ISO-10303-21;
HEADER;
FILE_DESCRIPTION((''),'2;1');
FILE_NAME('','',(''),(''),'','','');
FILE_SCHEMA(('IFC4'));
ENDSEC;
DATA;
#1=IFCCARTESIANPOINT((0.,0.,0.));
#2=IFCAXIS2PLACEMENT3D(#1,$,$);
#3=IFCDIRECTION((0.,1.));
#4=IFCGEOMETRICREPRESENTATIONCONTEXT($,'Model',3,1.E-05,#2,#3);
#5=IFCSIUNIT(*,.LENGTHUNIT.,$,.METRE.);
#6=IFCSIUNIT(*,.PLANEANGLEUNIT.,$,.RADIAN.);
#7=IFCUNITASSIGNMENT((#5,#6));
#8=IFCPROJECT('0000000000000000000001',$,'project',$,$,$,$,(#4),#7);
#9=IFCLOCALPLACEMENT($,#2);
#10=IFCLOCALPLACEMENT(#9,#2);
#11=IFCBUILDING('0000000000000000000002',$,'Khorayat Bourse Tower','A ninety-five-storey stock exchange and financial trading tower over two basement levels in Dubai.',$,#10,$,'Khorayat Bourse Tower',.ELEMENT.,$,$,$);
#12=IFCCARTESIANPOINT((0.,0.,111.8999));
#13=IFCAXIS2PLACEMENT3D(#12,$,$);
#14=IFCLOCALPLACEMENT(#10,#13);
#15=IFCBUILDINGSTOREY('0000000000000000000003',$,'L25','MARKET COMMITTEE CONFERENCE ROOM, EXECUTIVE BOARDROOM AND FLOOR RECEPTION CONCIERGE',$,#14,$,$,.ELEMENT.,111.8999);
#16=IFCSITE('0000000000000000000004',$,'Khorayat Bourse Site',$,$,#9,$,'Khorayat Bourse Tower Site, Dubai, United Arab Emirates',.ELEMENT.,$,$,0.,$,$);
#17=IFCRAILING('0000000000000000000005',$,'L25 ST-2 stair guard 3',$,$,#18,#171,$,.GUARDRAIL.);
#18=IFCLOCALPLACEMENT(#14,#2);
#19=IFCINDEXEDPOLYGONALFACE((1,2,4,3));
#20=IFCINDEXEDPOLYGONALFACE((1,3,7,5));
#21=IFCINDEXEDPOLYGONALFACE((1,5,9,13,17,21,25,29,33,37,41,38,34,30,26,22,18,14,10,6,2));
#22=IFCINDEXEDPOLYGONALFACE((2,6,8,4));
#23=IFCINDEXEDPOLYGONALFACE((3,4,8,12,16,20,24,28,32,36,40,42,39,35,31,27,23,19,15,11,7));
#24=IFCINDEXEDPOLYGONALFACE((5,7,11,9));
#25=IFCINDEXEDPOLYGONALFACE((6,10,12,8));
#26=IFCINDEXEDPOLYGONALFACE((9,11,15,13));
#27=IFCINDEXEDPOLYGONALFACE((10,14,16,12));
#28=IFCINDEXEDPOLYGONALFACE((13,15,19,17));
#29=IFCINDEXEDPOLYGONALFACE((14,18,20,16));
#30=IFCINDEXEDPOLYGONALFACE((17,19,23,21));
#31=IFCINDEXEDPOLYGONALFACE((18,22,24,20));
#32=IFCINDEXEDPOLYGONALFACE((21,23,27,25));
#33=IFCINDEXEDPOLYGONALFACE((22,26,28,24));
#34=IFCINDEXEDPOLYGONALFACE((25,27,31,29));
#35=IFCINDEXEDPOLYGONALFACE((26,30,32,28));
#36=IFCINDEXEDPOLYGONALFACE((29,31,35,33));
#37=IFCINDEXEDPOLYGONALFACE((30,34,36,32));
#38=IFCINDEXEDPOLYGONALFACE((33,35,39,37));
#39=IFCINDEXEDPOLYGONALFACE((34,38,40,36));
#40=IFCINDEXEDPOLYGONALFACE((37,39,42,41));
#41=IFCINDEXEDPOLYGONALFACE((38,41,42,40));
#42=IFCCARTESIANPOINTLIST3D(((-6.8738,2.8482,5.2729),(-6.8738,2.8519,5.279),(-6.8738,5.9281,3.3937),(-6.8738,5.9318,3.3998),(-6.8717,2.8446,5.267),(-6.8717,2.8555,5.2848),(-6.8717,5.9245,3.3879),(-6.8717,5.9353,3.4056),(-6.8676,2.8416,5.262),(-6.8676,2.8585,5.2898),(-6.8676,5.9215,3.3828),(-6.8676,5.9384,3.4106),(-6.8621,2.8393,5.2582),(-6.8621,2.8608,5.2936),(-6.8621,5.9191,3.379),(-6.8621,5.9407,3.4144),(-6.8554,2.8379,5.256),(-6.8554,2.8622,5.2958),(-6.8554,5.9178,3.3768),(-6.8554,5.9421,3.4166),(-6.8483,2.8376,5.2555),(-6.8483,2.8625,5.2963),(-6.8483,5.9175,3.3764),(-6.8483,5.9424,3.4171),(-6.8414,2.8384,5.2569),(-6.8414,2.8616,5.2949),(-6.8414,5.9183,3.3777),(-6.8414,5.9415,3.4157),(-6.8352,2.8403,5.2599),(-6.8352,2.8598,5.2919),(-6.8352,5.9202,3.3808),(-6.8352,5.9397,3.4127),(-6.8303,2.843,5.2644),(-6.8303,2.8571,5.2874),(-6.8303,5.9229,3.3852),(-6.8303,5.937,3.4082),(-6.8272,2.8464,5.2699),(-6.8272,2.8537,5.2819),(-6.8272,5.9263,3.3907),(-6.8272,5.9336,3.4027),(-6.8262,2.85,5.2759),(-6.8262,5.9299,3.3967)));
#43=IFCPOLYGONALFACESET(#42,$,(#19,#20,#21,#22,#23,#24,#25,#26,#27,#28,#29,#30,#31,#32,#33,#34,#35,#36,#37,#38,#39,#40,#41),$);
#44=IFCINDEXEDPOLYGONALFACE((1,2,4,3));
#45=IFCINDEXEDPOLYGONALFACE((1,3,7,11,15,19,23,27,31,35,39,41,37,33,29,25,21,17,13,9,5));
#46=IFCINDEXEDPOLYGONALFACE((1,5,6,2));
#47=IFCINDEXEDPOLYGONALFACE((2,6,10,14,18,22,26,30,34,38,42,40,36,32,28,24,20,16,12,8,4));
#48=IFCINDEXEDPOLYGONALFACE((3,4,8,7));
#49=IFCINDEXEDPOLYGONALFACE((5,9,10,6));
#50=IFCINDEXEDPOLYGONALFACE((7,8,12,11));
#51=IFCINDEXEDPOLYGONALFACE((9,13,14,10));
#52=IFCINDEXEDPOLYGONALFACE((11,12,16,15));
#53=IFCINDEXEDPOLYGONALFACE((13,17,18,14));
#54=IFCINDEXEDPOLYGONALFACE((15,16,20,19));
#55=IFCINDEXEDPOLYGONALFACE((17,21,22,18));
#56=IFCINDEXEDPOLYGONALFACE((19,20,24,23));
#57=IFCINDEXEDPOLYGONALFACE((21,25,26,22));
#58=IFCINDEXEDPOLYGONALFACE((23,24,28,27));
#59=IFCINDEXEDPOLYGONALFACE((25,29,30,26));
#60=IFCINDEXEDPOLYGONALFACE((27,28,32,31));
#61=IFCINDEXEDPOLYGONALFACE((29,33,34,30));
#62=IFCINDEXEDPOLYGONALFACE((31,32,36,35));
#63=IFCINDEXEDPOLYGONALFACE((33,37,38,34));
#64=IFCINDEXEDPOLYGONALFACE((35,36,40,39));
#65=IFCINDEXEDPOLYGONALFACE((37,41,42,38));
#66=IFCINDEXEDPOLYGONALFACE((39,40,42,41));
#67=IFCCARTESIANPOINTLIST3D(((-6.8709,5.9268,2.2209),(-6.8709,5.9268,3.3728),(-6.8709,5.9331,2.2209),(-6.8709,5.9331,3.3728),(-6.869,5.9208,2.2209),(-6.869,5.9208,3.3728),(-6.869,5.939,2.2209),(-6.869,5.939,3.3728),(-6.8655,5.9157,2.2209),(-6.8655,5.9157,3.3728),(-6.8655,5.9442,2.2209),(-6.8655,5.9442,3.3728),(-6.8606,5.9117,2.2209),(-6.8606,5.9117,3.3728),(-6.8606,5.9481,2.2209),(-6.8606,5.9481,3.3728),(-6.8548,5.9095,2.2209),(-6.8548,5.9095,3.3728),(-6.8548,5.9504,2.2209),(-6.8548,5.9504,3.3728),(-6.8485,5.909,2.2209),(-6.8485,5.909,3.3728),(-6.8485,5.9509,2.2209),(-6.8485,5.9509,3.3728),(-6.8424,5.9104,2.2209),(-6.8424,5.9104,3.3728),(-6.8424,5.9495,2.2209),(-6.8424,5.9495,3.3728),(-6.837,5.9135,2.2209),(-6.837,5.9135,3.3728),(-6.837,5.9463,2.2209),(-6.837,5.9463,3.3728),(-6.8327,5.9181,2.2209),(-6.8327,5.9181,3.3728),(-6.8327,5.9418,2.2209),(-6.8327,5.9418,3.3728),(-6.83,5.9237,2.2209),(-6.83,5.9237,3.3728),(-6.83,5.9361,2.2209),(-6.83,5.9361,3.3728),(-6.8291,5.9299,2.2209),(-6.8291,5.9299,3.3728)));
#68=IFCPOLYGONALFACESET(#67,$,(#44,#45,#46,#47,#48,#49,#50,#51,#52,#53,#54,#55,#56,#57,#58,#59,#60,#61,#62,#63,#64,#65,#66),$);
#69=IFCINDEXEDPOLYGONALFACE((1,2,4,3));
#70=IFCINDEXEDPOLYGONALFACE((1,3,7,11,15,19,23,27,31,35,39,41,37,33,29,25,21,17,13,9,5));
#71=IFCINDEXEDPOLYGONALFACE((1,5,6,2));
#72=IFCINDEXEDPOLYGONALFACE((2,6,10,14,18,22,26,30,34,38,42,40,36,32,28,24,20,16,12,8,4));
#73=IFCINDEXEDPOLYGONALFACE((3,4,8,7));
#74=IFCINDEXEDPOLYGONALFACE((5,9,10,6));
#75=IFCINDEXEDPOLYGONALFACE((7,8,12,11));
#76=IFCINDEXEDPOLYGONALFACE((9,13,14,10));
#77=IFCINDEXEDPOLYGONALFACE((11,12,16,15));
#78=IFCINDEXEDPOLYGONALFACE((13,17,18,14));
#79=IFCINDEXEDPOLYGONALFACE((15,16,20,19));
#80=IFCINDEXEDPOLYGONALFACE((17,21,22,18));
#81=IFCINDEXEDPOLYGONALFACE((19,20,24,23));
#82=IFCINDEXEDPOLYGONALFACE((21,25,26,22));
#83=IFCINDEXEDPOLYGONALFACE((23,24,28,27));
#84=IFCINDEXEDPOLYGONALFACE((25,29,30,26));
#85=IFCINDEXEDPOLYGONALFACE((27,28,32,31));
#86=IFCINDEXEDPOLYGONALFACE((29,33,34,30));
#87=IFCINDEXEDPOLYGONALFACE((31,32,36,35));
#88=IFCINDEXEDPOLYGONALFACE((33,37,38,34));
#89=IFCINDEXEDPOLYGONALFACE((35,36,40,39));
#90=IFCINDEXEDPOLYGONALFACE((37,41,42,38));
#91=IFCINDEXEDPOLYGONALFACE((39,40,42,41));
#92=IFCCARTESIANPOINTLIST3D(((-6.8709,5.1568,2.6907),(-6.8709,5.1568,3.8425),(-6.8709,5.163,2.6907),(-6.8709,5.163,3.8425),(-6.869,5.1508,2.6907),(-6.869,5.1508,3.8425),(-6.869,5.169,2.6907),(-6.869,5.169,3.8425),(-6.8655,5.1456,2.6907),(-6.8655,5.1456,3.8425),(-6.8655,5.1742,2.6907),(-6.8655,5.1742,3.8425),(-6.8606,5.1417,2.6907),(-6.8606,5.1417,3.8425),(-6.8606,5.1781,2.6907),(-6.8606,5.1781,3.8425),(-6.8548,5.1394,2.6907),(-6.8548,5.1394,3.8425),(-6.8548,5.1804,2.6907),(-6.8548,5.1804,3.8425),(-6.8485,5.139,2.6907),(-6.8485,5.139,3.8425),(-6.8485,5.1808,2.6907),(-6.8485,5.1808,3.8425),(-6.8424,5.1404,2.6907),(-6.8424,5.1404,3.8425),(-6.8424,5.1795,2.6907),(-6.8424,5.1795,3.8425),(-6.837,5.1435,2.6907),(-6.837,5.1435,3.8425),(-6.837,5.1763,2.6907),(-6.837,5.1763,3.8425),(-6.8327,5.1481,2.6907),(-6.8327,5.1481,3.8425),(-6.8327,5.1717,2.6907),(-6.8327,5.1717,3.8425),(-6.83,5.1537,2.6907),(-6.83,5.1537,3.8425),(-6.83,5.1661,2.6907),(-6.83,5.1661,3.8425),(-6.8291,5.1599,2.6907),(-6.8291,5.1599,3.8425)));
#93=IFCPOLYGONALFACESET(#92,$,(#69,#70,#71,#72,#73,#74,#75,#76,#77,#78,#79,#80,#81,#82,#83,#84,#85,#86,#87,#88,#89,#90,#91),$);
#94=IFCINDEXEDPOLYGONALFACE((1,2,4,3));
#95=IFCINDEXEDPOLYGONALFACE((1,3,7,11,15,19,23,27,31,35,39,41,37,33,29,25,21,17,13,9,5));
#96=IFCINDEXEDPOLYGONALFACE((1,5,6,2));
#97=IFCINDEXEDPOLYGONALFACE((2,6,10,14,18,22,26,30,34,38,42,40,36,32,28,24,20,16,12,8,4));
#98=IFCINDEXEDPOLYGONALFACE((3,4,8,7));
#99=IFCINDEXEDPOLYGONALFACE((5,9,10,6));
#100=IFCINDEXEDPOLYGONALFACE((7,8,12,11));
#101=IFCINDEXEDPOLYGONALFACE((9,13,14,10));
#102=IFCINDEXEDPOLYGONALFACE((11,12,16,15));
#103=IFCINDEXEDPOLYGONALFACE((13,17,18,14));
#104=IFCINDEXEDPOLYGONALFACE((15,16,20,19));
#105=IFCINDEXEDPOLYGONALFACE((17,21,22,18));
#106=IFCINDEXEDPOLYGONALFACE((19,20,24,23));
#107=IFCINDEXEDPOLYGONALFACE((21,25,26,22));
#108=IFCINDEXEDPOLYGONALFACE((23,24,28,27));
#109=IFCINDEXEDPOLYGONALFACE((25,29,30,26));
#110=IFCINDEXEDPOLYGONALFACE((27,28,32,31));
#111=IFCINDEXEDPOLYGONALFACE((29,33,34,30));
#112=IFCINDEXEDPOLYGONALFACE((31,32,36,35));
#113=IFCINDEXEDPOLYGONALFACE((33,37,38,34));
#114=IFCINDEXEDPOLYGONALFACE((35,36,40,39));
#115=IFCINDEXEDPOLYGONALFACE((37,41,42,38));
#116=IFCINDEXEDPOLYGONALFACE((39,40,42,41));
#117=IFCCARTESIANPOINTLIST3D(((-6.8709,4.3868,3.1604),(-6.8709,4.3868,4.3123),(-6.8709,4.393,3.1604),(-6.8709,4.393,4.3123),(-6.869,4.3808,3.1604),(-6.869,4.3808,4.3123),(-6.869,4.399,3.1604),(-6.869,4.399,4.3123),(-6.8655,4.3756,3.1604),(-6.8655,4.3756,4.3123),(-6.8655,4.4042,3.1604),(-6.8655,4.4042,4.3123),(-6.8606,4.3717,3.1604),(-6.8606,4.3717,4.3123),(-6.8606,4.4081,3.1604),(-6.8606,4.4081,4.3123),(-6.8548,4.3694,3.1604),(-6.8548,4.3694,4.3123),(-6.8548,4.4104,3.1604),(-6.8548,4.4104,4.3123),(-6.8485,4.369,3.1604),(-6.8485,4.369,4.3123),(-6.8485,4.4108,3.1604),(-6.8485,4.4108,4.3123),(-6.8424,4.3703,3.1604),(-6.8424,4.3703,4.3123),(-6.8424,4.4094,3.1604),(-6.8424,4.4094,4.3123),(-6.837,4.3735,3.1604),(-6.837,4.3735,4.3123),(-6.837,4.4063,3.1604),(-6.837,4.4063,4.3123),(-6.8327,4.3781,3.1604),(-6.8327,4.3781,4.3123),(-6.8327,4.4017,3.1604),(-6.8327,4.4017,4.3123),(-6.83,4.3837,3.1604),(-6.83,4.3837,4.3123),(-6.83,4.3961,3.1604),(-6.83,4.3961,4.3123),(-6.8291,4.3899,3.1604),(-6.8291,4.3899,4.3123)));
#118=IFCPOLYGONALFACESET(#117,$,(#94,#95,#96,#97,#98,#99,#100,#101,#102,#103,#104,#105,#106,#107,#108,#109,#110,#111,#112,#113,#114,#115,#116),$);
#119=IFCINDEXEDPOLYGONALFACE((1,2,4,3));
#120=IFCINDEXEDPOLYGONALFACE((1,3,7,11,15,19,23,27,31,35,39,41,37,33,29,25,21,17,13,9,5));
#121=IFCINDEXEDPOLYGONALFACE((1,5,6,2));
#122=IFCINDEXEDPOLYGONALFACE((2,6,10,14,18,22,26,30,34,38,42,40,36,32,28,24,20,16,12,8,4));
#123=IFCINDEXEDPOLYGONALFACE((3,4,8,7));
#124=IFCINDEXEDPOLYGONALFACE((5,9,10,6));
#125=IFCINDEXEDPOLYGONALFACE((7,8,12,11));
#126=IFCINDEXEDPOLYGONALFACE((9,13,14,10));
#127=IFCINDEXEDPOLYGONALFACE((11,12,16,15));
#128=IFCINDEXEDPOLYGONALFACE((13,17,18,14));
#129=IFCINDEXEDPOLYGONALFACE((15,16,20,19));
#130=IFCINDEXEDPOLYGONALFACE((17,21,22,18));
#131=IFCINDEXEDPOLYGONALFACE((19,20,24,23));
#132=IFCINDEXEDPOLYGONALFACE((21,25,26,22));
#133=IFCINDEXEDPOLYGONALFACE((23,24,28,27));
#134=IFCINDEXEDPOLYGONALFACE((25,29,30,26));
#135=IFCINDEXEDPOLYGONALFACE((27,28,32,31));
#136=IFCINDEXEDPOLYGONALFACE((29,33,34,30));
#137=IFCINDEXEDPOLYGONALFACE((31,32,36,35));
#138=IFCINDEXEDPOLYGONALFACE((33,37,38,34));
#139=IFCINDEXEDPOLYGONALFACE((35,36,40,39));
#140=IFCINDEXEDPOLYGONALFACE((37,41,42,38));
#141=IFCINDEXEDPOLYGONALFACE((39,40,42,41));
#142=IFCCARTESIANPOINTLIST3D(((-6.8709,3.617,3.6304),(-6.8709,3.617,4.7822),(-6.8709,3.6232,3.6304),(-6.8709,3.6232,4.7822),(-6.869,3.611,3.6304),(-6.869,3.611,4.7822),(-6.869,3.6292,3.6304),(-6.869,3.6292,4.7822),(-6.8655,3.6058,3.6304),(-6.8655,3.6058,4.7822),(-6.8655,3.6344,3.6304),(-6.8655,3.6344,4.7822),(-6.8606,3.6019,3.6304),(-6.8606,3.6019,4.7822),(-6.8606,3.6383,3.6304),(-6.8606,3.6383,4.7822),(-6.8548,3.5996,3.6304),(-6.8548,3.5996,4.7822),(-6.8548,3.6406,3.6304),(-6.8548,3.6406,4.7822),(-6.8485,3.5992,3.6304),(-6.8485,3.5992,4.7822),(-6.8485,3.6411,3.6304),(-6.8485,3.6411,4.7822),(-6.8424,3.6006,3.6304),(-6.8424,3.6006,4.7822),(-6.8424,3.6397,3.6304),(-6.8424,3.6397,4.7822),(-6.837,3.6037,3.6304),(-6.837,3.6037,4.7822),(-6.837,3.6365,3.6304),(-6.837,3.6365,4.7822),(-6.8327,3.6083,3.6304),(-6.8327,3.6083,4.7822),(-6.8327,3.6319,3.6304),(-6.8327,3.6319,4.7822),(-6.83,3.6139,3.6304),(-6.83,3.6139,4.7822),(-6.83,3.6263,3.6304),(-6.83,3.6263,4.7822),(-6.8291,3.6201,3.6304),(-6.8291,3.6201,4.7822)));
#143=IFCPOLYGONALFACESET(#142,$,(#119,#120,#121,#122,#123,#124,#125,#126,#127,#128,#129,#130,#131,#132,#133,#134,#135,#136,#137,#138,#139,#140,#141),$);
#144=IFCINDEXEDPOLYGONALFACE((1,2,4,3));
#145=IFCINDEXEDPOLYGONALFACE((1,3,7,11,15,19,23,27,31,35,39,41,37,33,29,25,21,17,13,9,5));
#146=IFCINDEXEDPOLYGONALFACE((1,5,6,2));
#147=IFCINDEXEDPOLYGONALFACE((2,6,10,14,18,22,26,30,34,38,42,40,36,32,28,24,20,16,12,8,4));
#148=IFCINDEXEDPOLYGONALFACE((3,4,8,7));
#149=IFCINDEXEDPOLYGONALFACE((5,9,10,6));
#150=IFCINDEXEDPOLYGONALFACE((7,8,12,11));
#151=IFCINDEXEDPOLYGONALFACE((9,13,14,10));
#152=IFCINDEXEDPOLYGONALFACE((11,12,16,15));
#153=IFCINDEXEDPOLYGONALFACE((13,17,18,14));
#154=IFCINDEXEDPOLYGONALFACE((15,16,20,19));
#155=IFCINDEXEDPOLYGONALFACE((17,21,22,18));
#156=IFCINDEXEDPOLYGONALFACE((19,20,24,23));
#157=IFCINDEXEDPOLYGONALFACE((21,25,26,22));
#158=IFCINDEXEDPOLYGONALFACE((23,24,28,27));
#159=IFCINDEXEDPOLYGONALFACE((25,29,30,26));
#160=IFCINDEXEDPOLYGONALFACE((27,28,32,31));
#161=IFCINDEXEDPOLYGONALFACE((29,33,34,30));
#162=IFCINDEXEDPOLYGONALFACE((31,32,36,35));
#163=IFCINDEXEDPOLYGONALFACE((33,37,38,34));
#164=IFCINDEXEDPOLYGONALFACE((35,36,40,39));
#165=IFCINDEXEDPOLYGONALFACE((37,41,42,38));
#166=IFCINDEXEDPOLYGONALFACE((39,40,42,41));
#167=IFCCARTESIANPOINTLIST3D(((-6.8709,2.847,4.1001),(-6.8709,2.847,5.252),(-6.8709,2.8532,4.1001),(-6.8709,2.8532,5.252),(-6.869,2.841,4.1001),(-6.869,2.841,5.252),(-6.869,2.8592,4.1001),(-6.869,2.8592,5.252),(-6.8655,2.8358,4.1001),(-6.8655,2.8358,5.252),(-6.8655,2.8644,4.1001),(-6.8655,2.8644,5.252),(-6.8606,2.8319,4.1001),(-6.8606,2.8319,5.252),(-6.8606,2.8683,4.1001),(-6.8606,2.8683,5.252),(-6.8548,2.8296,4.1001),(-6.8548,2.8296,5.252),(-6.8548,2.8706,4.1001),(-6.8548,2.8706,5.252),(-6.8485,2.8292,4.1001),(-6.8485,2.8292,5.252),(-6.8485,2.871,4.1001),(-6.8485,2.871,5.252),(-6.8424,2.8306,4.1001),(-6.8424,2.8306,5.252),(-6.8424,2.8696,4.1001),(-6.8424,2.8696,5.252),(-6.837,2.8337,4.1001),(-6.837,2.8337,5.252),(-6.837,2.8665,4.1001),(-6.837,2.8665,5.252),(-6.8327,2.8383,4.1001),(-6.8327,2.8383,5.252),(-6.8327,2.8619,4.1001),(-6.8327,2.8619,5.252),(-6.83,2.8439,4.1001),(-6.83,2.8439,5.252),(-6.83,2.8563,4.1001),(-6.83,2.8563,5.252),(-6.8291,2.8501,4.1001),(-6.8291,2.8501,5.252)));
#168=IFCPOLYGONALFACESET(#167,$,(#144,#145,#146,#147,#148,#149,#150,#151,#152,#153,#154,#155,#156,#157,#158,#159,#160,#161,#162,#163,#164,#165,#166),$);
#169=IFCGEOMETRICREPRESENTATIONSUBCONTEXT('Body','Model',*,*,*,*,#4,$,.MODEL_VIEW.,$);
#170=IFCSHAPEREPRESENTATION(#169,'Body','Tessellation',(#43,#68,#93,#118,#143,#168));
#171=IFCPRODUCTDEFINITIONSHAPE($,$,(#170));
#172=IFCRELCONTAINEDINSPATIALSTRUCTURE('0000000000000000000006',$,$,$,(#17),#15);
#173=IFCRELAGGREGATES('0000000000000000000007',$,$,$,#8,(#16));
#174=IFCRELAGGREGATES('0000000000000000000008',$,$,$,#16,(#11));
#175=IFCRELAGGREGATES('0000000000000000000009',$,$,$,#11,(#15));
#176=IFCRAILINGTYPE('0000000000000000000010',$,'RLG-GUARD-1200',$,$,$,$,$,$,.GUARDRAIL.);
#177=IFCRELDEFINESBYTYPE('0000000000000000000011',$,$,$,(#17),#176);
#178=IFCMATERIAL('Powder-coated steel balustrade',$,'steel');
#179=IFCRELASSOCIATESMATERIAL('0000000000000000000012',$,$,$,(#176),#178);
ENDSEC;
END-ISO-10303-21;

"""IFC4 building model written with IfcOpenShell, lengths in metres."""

from ifc_helpers import new_model, si_unit, direction, frame, origin, origin_2d, place, context, subcontext, project, spatial, circle, extrude, source, transform, mapped, material, type_object, element, save


model = new_model("IFC4")

# Units and contexts
model_context = context("Model", 3, precision=1e-05, world=origin(), true_north=direction((0.0, 1.0)))
body_context = subcontext(model_context, "Body", "Model", "MODEL_VIEW")
ifc_project = project(units=[si_unit("LENGTHUNIT", "METRE"), si_unit("PLANEANGLEUNIT", "RADIAN")], contexts=[model_context])

# Site, building, storey
site_placement = place(None, origin())
site = spatial("IfcSite", under=ifc_project, at=site_placement, Name="Khorayat Bourse Site", LongName="Khorayat Bourse Tower Site, Dubai, United Arab Emirates", CompositionType="ELEMENT", RefElevation=0.0)
building_placement = place(site_placement, origin())
building = spatial("IfcBuilding", under=site, at=building_placement, Name="Khorayat Bourse Tower", Description="A ninety-five-storey stock exchange and financial trading tower over two basement levels in Dubai.", LongName="Khorayat Bourse Tower", CompositionType="ELEMENT")
storey_placement = place(building_placement, frame((0.0, 0.0, 111.8999)))
storey = spatial("IfcBuildingStorey", under=building, at=storey_placement, Name="L25", Description="MARKET COMMITTEE CONFERENCE ROOM, EXECUTIVE BOARDROOM AND FLOOR RECEPTION CONCIERGE", CompositionType="ELEMENT", Elevation=111.8999)

# Railing
ifc_material_1 = material(Name="Powder-coated steel balustrade", Category="steel")
railing_type_1 = type_object("IfcRailingType", Name="RLG-GUARD-1200", PredefinedType="GUARDRAIL", material=ifc_material_1)
shared_shape_1 = source(origin(), body_context, "Body", "SweptSolid", [
    extrude(circle(Radius=0.0239, at=origin_2d()), frame((0.0, 0.0, 1.1758), z_axis=(0.0, -0.853648, 0.52085), x_axis=(1.0, 0.0, 0.0)), (0.0, 0.0, 1.0), 3.6079),
    extrude(circle(Radius=0.021, at=origin_2d()), origin(), (0.0, 0.0, 1.0), 1.1519),
    extrude(circle(Radius=0.021, at=origin_2d()), frame((0.0, -0.77, 0.4697)), (0.0, 0.0, 1.0), 1.1519),
    extrude(circle(Radius=0.021, at=origin_2d()), frame((0.0, -1.54, 0.9395)), (0.0, 0.0, 1.0), 1.1519),
    extrude(circle(Radius=0.021, at=origin_2d()), frame((0.0, -2.3098, 1.4094)), (0.0, 0.0, 1.0), 1.1519),
    extrude(circle(Radius=0.021, at=origin_2d()), frame((0.0, -3.0798, 1.8792)), (0.0, 0.0, 1.0), 1.1519),
])
railing_1_placement = place(storey_placement, frame((-6.8501, 5.9299, 2.2209)))
element("IfcRailing", 1, at=railing_1_placement, inside=storey, type_object=railing_type_1, Name="L25 ST-2 stair guard 3", PredefinedType="GUARDRAIL", context=body_context, shape_type="MappedRepresentation", body=[
    mapped(shared_shape_1, transform((0.0, 0.0, 0.0), scale=1.0)),
])

save(model, "model.ifc")
